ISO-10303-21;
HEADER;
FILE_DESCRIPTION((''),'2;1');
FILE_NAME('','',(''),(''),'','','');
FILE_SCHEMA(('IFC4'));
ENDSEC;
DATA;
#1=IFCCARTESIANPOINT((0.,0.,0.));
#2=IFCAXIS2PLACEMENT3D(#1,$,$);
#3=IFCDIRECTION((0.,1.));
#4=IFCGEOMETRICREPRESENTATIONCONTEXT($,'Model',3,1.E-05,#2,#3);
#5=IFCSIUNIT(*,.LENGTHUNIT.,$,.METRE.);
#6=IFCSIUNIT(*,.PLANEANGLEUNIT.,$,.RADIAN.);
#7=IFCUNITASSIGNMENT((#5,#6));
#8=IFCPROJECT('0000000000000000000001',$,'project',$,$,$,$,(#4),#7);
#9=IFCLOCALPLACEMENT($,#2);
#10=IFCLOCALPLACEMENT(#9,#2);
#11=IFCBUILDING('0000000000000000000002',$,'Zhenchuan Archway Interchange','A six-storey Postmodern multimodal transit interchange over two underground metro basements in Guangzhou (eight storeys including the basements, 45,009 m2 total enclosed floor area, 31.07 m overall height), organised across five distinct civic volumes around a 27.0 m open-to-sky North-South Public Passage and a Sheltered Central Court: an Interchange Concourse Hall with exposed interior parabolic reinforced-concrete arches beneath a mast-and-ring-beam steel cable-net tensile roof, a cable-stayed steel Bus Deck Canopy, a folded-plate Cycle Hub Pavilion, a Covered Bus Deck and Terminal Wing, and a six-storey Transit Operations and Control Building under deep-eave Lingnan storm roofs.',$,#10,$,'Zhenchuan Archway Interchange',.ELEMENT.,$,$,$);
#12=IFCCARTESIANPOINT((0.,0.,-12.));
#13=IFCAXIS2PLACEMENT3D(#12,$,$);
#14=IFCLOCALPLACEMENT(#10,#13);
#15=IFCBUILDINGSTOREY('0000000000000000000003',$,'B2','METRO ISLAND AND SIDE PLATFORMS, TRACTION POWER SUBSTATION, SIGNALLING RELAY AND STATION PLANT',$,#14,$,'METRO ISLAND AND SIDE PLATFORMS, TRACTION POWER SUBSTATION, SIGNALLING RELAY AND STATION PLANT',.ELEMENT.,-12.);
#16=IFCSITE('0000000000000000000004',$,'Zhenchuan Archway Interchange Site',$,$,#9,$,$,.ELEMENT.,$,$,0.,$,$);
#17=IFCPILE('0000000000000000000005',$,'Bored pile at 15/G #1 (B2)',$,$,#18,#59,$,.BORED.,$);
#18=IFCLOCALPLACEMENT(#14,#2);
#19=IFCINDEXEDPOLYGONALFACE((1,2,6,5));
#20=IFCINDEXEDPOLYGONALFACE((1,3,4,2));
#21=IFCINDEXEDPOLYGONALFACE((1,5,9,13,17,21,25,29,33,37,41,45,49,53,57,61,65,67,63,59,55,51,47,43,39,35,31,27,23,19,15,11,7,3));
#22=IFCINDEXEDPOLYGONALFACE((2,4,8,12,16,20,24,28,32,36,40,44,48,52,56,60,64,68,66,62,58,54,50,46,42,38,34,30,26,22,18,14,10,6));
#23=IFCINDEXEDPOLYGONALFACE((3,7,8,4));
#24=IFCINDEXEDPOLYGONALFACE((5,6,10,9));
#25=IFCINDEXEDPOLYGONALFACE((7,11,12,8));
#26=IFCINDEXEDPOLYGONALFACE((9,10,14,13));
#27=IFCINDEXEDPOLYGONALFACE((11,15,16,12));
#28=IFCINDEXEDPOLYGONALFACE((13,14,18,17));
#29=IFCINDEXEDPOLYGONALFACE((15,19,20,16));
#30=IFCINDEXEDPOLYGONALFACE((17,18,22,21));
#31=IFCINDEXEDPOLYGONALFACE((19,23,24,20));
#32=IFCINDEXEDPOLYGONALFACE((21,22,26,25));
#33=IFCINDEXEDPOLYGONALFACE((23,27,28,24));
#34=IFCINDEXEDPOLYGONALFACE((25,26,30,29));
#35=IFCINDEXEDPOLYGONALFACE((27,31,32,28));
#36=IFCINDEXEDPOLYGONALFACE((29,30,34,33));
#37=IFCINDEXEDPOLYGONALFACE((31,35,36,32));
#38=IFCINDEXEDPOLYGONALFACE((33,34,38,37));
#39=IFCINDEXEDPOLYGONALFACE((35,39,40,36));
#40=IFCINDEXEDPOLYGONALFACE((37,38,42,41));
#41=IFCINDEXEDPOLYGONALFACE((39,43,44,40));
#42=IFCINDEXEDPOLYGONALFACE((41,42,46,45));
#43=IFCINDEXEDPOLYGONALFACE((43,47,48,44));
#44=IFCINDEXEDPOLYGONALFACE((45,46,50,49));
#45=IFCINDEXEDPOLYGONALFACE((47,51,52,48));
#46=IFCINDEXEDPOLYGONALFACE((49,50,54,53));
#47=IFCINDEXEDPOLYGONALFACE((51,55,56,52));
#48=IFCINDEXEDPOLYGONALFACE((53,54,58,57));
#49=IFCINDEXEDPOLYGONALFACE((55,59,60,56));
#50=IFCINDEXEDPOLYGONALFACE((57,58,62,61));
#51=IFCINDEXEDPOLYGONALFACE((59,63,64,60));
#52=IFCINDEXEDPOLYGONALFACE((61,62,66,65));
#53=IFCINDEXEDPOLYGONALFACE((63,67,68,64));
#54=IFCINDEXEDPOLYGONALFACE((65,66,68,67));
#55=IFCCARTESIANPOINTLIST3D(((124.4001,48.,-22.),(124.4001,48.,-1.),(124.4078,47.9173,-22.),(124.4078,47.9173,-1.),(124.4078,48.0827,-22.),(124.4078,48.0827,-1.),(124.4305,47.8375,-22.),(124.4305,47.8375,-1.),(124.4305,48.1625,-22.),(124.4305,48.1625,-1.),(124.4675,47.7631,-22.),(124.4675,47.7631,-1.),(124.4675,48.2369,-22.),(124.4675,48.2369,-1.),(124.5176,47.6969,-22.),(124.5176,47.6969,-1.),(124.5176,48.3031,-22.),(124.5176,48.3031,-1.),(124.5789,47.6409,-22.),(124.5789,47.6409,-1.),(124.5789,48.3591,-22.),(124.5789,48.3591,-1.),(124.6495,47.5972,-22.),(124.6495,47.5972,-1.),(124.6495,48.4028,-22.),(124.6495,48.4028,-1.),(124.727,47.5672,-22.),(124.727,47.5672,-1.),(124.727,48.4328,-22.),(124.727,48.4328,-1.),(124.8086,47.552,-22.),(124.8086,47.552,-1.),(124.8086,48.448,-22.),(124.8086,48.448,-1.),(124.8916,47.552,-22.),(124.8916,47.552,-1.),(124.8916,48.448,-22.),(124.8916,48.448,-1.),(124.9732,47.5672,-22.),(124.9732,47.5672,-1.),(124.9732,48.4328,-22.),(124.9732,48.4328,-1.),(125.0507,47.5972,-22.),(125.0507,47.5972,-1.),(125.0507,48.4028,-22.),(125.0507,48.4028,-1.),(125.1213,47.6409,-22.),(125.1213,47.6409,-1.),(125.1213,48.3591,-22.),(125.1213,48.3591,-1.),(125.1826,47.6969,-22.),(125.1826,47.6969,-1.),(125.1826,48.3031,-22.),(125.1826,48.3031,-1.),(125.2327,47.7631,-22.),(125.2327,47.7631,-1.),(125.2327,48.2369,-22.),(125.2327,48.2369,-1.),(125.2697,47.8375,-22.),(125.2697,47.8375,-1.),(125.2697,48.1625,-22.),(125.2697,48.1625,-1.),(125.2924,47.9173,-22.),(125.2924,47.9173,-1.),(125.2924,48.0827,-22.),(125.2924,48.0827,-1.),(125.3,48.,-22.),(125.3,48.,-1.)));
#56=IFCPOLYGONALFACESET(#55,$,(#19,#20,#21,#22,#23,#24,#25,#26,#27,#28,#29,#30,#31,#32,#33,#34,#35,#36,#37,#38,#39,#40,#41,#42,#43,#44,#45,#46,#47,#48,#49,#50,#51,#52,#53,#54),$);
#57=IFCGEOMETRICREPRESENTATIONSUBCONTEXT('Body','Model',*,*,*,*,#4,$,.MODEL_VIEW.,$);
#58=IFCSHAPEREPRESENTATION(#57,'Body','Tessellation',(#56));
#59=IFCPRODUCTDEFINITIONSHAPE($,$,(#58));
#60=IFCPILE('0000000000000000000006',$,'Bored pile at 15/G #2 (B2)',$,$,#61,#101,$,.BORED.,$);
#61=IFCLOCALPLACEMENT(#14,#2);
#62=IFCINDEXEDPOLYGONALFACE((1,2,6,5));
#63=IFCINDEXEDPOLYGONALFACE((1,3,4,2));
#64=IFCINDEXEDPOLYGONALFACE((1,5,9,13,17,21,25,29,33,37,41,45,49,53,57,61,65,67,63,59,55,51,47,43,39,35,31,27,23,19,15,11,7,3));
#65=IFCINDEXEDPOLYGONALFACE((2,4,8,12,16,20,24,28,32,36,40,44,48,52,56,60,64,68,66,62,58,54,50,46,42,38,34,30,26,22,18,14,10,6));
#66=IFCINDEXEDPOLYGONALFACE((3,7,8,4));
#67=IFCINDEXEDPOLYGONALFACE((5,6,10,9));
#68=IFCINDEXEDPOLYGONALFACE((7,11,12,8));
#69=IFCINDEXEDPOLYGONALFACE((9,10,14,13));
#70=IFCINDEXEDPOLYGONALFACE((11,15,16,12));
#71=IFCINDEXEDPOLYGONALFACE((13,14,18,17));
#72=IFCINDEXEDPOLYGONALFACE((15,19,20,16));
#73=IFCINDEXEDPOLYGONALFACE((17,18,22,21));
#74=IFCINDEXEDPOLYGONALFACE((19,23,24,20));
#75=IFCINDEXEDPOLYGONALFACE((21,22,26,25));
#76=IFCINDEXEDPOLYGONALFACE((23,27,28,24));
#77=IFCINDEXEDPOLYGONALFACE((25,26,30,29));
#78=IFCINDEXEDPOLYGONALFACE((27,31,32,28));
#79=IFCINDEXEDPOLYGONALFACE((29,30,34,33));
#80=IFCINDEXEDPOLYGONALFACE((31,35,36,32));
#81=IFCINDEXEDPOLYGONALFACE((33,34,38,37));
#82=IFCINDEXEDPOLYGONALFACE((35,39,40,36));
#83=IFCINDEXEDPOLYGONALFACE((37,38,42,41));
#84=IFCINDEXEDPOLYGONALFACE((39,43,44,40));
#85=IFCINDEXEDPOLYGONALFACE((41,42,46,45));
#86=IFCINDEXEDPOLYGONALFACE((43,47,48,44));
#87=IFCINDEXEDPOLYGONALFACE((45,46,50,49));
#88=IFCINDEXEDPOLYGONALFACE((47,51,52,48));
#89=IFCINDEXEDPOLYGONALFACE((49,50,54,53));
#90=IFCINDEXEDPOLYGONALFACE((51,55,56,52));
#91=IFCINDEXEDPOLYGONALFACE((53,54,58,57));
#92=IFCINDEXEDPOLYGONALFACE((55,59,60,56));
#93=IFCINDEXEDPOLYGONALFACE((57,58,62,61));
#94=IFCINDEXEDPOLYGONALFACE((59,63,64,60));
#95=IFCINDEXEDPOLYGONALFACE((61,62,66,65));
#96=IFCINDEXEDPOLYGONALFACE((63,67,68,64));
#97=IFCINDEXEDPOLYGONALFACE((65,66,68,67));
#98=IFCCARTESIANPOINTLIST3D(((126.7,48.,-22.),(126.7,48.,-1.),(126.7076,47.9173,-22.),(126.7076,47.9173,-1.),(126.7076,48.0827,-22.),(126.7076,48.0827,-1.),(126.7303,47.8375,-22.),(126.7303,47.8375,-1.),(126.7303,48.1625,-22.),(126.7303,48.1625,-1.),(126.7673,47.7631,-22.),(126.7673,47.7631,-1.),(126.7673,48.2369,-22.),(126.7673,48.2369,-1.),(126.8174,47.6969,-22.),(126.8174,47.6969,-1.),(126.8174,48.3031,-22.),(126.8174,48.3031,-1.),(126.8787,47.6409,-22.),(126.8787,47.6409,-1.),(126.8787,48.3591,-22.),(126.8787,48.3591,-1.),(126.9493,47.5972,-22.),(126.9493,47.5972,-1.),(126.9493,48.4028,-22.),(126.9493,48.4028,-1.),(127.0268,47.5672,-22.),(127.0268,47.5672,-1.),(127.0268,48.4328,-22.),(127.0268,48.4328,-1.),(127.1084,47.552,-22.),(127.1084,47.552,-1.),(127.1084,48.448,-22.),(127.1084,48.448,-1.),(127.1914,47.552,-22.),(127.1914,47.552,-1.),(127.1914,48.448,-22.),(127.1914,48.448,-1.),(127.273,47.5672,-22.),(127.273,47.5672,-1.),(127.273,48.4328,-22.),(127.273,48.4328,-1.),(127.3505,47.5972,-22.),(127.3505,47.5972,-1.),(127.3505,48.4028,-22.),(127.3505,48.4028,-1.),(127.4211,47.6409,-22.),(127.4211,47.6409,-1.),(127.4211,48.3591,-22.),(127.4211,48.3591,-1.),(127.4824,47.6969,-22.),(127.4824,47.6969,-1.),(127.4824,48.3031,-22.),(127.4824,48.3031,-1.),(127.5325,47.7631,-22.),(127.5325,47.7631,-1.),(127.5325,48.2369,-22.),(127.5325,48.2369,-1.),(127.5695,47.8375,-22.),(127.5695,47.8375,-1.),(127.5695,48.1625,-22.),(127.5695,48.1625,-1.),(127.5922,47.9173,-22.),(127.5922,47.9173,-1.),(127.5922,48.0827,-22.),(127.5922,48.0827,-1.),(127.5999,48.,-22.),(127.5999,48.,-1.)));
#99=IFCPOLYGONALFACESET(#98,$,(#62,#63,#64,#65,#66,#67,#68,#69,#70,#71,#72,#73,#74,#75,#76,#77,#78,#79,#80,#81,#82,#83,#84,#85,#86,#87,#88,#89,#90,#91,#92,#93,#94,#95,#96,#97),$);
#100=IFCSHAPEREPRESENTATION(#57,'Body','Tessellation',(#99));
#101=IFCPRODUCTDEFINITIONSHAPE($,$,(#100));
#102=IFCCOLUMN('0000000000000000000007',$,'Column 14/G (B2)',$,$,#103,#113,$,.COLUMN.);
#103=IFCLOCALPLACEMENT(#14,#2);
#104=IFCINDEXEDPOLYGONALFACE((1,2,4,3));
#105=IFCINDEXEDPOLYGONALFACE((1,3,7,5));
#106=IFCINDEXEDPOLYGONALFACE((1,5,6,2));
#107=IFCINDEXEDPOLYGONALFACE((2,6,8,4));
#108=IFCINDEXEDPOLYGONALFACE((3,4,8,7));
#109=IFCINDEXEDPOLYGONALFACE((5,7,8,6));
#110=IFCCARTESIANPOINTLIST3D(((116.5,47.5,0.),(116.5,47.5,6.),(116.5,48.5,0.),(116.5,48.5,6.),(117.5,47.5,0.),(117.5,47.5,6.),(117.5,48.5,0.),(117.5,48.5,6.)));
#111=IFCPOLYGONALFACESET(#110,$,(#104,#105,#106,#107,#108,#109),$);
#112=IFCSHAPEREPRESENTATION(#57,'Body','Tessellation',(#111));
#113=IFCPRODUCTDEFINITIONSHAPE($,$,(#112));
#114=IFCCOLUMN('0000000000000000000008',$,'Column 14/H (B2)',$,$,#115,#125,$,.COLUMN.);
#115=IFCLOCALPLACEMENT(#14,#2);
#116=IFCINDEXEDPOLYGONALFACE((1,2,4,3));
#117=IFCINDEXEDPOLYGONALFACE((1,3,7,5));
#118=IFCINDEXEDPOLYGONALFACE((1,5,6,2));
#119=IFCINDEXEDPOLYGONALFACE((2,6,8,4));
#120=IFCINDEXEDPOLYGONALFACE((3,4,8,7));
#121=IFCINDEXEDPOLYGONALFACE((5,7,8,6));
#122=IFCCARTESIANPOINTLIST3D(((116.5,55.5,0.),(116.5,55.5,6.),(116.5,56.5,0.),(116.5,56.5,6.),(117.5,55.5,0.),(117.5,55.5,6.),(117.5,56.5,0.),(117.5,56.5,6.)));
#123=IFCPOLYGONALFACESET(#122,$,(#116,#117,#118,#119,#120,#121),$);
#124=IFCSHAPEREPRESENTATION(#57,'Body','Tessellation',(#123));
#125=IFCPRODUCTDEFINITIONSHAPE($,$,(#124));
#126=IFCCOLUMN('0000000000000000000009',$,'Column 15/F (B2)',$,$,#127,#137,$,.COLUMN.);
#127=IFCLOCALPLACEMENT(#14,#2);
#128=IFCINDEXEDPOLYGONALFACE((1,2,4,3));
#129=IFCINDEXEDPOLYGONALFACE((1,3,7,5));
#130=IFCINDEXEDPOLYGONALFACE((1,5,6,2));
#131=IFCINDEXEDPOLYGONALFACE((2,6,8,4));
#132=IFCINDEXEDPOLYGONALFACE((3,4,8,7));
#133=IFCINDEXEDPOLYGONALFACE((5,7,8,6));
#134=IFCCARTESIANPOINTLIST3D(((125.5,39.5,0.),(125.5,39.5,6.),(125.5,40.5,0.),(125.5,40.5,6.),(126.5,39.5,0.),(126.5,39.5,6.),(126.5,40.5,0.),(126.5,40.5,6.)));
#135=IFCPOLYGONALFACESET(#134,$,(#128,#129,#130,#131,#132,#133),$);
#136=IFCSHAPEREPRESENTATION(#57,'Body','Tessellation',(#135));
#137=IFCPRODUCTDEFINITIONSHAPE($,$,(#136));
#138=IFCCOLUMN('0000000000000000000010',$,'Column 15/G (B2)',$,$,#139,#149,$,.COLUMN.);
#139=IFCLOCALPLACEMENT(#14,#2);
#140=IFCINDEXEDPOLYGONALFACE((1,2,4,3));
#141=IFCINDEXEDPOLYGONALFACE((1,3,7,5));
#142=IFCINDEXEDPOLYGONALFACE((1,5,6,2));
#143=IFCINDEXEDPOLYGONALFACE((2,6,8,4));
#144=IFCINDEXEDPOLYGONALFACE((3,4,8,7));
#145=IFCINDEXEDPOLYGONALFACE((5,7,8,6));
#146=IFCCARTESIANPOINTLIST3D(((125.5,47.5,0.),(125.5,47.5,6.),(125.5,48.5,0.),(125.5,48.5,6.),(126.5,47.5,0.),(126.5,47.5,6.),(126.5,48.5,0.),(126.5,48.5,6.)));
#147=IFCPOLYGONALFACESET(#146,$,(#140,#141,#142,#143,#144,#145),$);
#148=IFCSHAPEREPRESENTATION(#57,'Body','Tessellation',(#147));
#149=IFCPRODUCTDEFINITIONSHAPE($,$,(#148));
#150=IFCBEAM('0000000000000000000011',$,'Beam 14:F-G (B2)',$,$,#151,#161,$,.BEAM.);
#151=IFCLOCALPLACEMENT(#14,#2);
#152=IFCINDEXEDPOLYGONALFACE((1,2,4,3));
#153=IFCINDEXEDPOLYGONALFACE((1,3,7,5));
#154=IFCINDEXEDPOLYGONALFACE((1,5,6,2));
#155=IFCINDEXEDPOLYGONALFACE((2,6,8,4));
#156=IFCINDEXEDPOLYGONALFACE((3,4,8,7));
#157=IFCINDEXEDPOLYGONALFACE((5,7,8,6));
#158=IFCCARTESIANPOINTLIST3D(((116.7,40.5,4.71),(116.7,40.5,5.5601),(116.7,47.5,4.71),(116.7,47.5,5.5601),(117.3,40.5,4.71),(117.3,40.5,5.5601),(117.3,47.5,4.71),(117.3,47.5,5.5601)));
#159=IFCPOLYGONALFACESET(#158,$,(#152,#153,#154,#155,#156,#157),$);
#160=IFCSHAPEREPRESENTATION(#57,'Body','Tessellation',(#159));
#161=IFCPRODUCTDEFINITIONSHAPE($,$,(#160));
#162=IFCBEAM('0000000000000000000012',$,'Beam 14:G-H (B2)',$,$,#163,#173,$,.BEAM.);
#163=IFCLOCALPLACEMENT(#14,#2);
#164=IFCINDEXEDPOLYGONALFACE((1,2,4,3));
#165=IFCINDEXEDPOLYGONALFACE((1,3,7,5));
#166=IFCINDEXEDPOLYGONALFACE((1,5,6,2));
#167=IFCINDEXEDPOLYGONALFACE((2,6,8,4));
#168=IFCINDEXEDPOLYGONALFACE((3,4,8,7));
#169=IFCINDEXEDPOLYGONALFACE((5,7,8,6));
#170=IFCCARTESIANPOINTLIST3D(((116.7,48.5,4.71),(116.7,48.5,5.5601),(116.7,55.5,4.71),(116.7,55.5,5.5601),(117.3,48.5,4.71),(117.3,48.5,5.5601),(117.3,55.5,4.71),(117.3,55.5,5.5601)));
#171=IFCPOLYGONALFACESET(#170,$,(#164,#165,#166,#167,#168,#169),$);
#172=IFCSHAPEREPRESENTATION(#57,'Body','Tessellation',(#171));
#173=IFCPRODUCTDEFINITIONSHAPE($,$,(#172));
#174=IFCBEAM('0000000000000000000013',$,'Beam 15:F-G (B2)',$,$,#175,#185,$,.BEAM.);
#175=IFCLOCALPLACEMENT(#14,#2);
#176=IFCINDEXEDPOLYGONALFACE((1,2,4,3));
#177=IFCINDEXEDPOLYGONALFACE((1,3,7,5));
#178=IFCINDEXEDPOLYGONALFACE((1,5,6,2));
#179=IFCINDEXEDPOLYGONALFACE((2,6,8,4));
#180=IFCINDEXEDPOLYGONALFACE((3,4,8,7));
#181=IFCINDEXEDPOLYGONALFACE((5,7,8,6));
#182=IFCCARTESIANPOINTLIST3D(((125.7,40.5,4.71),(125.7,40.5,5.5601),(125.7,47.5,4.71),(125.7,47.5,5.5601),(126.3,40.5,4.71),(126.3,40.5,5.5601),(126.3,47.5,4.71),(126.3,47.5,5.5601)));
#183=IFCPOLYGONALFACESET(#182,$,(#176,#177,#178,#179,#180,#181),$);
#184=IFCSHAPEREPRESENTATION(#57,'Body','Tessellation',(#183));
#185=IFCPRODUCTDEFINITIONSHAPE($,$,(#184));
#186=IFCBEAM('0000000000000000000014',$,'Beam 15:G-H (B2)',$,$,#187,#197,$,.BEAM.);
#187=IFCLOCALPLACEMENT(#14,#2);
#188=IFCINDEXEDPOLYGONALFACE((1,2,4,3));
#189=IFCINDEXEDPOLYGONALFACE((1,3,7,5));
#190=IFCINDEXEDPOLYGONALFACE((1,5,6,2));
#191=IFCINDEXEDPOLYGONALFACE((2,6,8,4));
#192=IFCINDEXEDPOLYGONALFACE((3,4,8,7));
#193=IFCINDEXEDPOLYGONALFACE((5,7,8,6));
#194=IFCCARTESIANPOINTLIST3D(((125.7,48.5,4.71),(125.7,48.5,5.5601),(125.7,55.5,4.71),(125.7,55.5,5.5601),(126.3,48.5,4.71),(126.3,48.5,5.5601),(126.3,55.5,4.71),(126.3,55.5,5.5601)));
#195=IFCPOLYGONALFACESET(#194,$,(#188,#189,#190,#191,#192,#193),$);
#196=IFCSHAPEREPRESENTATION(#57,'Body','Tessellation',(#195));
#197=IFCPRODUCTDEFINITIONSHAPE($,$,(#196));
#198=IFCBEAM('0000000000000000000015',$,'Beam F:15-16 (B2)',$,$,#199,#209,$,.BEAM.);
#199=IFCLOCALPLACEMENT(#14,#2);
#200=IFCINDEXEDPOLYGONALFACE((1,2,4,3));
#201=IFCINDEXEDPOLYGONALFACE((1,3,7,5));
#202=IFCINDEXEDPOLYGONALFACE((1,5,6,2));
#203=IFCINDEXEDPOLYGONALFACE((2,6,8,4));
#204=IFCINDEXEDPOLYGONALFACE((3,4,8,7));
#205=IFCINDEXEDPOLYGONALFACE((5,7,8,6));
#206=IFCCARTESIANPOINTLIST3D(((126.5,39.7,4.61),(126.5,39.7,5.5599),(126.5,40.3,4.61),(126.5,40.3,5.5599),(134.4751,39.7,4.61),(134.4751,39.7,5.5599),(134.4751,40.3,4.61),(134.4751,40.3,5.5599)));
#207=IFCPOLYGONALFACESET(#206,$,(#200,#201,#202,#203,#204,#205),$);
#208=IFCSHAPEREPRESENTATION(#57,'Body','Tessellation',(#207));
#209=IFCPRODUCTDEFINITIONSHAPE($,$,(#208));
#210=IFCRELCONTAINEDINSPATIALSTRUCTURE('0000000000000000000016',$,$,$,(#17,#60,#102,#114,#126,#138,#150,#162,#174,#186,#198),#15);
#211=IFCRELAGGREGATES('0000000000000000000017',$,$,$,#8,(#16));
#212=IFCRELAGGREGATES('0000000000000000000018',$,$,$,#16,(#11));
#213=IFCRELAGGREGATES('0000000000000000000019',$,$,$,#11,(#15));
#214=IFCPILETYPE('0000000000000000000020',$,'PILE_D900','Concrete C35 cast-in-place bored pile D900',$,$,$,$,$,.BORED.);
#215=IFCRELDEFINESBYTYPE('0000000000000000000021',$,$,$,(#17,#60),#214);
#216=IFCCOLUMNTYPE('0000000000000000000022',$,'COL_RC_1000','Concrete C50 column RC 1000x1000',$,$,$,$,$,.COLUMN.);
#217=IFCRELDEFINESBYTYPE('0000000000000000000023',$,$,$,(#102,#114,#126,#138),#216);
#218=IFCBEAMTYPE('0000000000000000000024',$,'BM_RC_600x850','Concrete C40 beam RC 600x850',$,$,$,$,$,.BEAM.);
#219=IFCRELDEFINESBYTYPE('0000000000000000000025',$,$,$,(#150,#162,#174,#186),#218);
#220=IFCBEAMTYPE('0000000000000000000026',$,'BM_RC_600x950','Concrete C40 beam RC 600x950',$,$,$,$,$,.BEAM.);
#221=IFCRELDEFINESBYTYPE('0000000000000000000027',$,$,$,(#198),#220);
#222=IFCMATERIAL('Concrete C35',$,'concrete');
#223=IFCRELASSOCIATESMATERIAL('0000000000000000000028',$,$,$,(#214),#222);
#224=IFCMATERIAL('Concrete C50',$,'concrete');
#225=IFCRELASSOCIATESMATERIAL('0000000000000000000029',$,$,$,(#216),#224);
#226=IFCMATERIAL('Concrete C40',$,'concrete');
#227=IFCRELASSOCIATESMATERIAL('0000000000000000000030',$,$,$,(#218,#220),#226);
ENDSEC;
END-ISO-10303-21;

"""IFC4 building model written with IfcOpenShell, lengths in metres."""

from ifc_helpers import new_model, si_unit, direction, frame, origin, origin_2d, place, context, subcontext, project, spatial, rectangle, circle, extrude, material, material_profile, profile_set, type_object, element, save


model = new_model("IFC4")

# Units and contexts
model_context = context("Model", 3, precision=1e-05, world=origin(), true_north=direction((0.0, 1.0)))
body_context = subcontext(model_context, "Body", "Model", "MODEL_VIEW")
ifc_project = project(units=[si_unit("LENGTHUNIT", "METRE"), si_unit("PLANEANGLEUNIT", "RADIAN")], contexts=[model_context])

# Site, building, storey
site_placement = place(None, origin())
site = spatial("IfcSite", under=ifc_project, at=site_placement, Name="Zhenchuan Archway Interchange Site", CompositionType="ELEMENT", RefElevation=0.0)
building_placement = place(site_placement, origin())
building = spatial("IfcBuilding", under=site, at=building_placement, Name="Zhenchuan Archway Interchange", Description="A six-storey Postmodern multimodal transit interchange over two underground metro basements in Guangzhou (eight storeys including the basements, 45,009 m2 total enclosed floor area, 31.07 m overall height), organised across five distinct civic volumes around a 27.0 m open-to-sky North-South Public Passage and a Sheltered Central Court: an Interchange Concourse Hall with exposed interior parabolic reinforced-concrete arches beneath a mast-and-ring-beam steel cable-net tensile roof, a cable-stayed steel Bus Deck Canopy, a folded-plate Cycle Hub Pavilion, a Covered Bus Deck and Terminal Wing, and a six-storey Transit Operations and Control Building under deep-eave Lingnan storm roofs.", LongName="Zhenchuan Archway Interchange", CompositionType="ELEMENT")
storey_placement = place(building_placement, frame((0.0, 0.0, -12.0)))
storey = spatial("IfcBuildingStorey", under=building, at=storey_placement, Name="B2", Description="METRO ISLAND AND SIDE PLATFORMS, TRACTION POWER SUBSTATION, SIGNALLING RELAY AND STATION PLANT", LongName="METRO ISLAND AND SIDE PLATFORMS, TRACTION POWER SUBSTATION, SIGNALLING RELAY AND STATION PLANT", CompositionType="ELEMENT", Elevation=-12.0)

# Shared definitions
ifc_material_1 = material(Name="Concrete C40", Category="concrete")

# Piles
ifc_material_2 = material(Name="Concrete C35", Category="concrete")
ifc_material_profile_1 = material_profile(ifc_material_2, circle(Radius=0.45, at=origin_2d()), Name="BORED PILE 900")
ifc_profile_set_1 = profile_set([ifc_material_profile_1], Name="Concrete C35")
pile_type_1 = type_object("IfcPileType", Name="PILE_D900", Description="Concrete C35 cast-in-place bored pile D900", PredefinedType="BORED", material=ifc_profile_set_1)
for number, where, z_axis, x_axis, name in (
    (1, (124.8501, 48.0, -1.0), (0.0, 0.0, -1.0), (1.0, 0.0, 0.0), "Bored pile at 15/G #1 (B2)"),
    (2, (127.1499, 48.0, -1.0), (0.0, 0.0, -1.0), (1.0, 0.0, 0.0), "Bored pile at 15/G #2 (B2)"),
):
    element("IfcPile", number, at=place(storey_placement, frame(where, z_axis=z_axis, x_axis=x_axis)), inside=storey, type_object=pile_type_1, Name=name, PredefinedType="BORED", context=body_context, shape_type="SweptSolid", body=[
        extrude(circle(Radius=0.45, at=origin_2d()), origin(), (0.0, 0.0, 1.0), 21.0),
    ])

# Columns
ifc_material_3 = material(Name="Concrete C50", Category="concrete")
ifc_material_profile_2 = material_profile(ifc_material_3, rectangle(XDim=1.0, YDim=1.0, at=origin_2d()), Name="RC 1000x1000")
ifc_profile_set_2 = profile_set([ifc_material_profile_2], Name="Concrete C50")
column_type = type_object("IfcColumnType", Name="COL_RC_1000", Description="Concrete C50 column RC 1000x1000", PredefinedType="COLUMN", material=ifc_profile_set_2)
for number, where, z_axis, x_axis, name in (
    (3, (117.0, 48.0, 0.0), (0.0, 0.0, 1.0), (1.0, 0.0, 0.0), "Column 14/G (B2)"),
    (4, (117.0, 56.0, 0.0), (0.0, 0.0, 1.0), (1.0, 0.0, 0.0), "Column 14/H (B2)"),
    (5, (126.0, 40.0, 0.0), (0.0, 0.0, 1.0), (1.0, 0.0, 0.0), "Column 15/F (B2)"),
    (6, (126.0, 48.0, 0.0), (0.0, 0.0, 1.0), (1.0, 0.0, 0.0), "Column 15/G (B2)"),
):
    element("IfcColumn", number, at=place(storey_placement, frame(where, z_axis=z_axis, x_axis=x_axis)), inside=storey, type_object=column_type, Name=name, PredefinedType="COLUMN", context=body_context, shape_type="SweptSolid", body=[
        extrude(rectangle(XDim=1.0, YDim=1.0, at=origin_2d()), origin(), (0.0, 0.0, 1.0), 6.0),
    ])

# Beams
ifc_material_profile_3 = material_profile(ifc_material_1, rectangle(XDim=0.6001, YDim=0.8501, at=origin_2d()), Name="RC 600x850")
ifc_profile_set_3 = profile_set([ifc_material_profile_3], Name="Concrete C40")
beam_type_1 = type_object("IfcBeamType", Name="BM_RC_600x850", Description="Concrete C40 beam RC 600x850", PredefinedType="BEAM", material=ifc_profile_set_3)
for number, where, z_axis, x_axis, name in (
    (7, (117.0, 40.5, 5.135), (0.0, 1.0, 0.0), (-1.0, 0.0, 0.0), "Beam 14:F-G (B2)"),
    (8, (117.0, 48.5, 5.135), (0.0, 1.0, 0.0), (-1.0, 0.0, 0.0), "Beam 14:G-H (B2)"),
    (9, (126.0, 40.5, 5.135), (0.0, 1.0, 0.0), (-1.0, 0.0, 0.0), "Beam 15:F-G (B2)"),
    (10, (126.0, 48.5, 5.135), (0.0, 1.0, 0.0), (-1.0, 0.0, 0.0), "Beam 15:G-H (B2)"),
):
    element("IfcBeam", number, at=place(storey_placement, frame(where, z_axis=z_axis, x_axis=x_axis)), inside=storey, type_object=beam_type_1, Name=name, PredefinedType="BEAM", context=body_context, shape_type="SweptSolid", body=[
        extrude(rectangle(XDim=0.6001, YDim=0.8501, at=origin_2d()), origin(), (0.0, 0.0, 1.0), 7.0),
    ])
ifc_material_profile_4 = material_profile(ifc_material_1, rectangle(XDim=0.6001, YDim=0.95, at=origin_2d()), Name="RC 600x950")
ifc_profile_set_4 = profile_set([ifc_material_profile_4], Name="Concrete C40")
beam_type_2 = type_object("IfcBeamType", Name="BM_RC_600x950", Description="Concrete C40 beam RC 600x950", PredefinedType="BEAM", material=ifc_profile_set_4)
beam_1_placement = place(storey_placement, frame((126.5, 40.0, 5.085), z_axis=(1.0, 0.0, 0.0), x_axis=(0.0, 1.0, 0.0)))
element("IfcBeam", 11, at=beam_1_placement, inside=storey, type_object=beam_type_2, Name="Beam F:15-16 (B2)", PredefinedType="BEAM", context=body_context, shape_type="SweptSolid", body=[
    extrude(rectangle(XDim=0.6001, YDim=0.95, at=origin_2d()), origin(), (0.0, 0.0, 1.0), 7.9751),
])

save(model, "model.ifc")
